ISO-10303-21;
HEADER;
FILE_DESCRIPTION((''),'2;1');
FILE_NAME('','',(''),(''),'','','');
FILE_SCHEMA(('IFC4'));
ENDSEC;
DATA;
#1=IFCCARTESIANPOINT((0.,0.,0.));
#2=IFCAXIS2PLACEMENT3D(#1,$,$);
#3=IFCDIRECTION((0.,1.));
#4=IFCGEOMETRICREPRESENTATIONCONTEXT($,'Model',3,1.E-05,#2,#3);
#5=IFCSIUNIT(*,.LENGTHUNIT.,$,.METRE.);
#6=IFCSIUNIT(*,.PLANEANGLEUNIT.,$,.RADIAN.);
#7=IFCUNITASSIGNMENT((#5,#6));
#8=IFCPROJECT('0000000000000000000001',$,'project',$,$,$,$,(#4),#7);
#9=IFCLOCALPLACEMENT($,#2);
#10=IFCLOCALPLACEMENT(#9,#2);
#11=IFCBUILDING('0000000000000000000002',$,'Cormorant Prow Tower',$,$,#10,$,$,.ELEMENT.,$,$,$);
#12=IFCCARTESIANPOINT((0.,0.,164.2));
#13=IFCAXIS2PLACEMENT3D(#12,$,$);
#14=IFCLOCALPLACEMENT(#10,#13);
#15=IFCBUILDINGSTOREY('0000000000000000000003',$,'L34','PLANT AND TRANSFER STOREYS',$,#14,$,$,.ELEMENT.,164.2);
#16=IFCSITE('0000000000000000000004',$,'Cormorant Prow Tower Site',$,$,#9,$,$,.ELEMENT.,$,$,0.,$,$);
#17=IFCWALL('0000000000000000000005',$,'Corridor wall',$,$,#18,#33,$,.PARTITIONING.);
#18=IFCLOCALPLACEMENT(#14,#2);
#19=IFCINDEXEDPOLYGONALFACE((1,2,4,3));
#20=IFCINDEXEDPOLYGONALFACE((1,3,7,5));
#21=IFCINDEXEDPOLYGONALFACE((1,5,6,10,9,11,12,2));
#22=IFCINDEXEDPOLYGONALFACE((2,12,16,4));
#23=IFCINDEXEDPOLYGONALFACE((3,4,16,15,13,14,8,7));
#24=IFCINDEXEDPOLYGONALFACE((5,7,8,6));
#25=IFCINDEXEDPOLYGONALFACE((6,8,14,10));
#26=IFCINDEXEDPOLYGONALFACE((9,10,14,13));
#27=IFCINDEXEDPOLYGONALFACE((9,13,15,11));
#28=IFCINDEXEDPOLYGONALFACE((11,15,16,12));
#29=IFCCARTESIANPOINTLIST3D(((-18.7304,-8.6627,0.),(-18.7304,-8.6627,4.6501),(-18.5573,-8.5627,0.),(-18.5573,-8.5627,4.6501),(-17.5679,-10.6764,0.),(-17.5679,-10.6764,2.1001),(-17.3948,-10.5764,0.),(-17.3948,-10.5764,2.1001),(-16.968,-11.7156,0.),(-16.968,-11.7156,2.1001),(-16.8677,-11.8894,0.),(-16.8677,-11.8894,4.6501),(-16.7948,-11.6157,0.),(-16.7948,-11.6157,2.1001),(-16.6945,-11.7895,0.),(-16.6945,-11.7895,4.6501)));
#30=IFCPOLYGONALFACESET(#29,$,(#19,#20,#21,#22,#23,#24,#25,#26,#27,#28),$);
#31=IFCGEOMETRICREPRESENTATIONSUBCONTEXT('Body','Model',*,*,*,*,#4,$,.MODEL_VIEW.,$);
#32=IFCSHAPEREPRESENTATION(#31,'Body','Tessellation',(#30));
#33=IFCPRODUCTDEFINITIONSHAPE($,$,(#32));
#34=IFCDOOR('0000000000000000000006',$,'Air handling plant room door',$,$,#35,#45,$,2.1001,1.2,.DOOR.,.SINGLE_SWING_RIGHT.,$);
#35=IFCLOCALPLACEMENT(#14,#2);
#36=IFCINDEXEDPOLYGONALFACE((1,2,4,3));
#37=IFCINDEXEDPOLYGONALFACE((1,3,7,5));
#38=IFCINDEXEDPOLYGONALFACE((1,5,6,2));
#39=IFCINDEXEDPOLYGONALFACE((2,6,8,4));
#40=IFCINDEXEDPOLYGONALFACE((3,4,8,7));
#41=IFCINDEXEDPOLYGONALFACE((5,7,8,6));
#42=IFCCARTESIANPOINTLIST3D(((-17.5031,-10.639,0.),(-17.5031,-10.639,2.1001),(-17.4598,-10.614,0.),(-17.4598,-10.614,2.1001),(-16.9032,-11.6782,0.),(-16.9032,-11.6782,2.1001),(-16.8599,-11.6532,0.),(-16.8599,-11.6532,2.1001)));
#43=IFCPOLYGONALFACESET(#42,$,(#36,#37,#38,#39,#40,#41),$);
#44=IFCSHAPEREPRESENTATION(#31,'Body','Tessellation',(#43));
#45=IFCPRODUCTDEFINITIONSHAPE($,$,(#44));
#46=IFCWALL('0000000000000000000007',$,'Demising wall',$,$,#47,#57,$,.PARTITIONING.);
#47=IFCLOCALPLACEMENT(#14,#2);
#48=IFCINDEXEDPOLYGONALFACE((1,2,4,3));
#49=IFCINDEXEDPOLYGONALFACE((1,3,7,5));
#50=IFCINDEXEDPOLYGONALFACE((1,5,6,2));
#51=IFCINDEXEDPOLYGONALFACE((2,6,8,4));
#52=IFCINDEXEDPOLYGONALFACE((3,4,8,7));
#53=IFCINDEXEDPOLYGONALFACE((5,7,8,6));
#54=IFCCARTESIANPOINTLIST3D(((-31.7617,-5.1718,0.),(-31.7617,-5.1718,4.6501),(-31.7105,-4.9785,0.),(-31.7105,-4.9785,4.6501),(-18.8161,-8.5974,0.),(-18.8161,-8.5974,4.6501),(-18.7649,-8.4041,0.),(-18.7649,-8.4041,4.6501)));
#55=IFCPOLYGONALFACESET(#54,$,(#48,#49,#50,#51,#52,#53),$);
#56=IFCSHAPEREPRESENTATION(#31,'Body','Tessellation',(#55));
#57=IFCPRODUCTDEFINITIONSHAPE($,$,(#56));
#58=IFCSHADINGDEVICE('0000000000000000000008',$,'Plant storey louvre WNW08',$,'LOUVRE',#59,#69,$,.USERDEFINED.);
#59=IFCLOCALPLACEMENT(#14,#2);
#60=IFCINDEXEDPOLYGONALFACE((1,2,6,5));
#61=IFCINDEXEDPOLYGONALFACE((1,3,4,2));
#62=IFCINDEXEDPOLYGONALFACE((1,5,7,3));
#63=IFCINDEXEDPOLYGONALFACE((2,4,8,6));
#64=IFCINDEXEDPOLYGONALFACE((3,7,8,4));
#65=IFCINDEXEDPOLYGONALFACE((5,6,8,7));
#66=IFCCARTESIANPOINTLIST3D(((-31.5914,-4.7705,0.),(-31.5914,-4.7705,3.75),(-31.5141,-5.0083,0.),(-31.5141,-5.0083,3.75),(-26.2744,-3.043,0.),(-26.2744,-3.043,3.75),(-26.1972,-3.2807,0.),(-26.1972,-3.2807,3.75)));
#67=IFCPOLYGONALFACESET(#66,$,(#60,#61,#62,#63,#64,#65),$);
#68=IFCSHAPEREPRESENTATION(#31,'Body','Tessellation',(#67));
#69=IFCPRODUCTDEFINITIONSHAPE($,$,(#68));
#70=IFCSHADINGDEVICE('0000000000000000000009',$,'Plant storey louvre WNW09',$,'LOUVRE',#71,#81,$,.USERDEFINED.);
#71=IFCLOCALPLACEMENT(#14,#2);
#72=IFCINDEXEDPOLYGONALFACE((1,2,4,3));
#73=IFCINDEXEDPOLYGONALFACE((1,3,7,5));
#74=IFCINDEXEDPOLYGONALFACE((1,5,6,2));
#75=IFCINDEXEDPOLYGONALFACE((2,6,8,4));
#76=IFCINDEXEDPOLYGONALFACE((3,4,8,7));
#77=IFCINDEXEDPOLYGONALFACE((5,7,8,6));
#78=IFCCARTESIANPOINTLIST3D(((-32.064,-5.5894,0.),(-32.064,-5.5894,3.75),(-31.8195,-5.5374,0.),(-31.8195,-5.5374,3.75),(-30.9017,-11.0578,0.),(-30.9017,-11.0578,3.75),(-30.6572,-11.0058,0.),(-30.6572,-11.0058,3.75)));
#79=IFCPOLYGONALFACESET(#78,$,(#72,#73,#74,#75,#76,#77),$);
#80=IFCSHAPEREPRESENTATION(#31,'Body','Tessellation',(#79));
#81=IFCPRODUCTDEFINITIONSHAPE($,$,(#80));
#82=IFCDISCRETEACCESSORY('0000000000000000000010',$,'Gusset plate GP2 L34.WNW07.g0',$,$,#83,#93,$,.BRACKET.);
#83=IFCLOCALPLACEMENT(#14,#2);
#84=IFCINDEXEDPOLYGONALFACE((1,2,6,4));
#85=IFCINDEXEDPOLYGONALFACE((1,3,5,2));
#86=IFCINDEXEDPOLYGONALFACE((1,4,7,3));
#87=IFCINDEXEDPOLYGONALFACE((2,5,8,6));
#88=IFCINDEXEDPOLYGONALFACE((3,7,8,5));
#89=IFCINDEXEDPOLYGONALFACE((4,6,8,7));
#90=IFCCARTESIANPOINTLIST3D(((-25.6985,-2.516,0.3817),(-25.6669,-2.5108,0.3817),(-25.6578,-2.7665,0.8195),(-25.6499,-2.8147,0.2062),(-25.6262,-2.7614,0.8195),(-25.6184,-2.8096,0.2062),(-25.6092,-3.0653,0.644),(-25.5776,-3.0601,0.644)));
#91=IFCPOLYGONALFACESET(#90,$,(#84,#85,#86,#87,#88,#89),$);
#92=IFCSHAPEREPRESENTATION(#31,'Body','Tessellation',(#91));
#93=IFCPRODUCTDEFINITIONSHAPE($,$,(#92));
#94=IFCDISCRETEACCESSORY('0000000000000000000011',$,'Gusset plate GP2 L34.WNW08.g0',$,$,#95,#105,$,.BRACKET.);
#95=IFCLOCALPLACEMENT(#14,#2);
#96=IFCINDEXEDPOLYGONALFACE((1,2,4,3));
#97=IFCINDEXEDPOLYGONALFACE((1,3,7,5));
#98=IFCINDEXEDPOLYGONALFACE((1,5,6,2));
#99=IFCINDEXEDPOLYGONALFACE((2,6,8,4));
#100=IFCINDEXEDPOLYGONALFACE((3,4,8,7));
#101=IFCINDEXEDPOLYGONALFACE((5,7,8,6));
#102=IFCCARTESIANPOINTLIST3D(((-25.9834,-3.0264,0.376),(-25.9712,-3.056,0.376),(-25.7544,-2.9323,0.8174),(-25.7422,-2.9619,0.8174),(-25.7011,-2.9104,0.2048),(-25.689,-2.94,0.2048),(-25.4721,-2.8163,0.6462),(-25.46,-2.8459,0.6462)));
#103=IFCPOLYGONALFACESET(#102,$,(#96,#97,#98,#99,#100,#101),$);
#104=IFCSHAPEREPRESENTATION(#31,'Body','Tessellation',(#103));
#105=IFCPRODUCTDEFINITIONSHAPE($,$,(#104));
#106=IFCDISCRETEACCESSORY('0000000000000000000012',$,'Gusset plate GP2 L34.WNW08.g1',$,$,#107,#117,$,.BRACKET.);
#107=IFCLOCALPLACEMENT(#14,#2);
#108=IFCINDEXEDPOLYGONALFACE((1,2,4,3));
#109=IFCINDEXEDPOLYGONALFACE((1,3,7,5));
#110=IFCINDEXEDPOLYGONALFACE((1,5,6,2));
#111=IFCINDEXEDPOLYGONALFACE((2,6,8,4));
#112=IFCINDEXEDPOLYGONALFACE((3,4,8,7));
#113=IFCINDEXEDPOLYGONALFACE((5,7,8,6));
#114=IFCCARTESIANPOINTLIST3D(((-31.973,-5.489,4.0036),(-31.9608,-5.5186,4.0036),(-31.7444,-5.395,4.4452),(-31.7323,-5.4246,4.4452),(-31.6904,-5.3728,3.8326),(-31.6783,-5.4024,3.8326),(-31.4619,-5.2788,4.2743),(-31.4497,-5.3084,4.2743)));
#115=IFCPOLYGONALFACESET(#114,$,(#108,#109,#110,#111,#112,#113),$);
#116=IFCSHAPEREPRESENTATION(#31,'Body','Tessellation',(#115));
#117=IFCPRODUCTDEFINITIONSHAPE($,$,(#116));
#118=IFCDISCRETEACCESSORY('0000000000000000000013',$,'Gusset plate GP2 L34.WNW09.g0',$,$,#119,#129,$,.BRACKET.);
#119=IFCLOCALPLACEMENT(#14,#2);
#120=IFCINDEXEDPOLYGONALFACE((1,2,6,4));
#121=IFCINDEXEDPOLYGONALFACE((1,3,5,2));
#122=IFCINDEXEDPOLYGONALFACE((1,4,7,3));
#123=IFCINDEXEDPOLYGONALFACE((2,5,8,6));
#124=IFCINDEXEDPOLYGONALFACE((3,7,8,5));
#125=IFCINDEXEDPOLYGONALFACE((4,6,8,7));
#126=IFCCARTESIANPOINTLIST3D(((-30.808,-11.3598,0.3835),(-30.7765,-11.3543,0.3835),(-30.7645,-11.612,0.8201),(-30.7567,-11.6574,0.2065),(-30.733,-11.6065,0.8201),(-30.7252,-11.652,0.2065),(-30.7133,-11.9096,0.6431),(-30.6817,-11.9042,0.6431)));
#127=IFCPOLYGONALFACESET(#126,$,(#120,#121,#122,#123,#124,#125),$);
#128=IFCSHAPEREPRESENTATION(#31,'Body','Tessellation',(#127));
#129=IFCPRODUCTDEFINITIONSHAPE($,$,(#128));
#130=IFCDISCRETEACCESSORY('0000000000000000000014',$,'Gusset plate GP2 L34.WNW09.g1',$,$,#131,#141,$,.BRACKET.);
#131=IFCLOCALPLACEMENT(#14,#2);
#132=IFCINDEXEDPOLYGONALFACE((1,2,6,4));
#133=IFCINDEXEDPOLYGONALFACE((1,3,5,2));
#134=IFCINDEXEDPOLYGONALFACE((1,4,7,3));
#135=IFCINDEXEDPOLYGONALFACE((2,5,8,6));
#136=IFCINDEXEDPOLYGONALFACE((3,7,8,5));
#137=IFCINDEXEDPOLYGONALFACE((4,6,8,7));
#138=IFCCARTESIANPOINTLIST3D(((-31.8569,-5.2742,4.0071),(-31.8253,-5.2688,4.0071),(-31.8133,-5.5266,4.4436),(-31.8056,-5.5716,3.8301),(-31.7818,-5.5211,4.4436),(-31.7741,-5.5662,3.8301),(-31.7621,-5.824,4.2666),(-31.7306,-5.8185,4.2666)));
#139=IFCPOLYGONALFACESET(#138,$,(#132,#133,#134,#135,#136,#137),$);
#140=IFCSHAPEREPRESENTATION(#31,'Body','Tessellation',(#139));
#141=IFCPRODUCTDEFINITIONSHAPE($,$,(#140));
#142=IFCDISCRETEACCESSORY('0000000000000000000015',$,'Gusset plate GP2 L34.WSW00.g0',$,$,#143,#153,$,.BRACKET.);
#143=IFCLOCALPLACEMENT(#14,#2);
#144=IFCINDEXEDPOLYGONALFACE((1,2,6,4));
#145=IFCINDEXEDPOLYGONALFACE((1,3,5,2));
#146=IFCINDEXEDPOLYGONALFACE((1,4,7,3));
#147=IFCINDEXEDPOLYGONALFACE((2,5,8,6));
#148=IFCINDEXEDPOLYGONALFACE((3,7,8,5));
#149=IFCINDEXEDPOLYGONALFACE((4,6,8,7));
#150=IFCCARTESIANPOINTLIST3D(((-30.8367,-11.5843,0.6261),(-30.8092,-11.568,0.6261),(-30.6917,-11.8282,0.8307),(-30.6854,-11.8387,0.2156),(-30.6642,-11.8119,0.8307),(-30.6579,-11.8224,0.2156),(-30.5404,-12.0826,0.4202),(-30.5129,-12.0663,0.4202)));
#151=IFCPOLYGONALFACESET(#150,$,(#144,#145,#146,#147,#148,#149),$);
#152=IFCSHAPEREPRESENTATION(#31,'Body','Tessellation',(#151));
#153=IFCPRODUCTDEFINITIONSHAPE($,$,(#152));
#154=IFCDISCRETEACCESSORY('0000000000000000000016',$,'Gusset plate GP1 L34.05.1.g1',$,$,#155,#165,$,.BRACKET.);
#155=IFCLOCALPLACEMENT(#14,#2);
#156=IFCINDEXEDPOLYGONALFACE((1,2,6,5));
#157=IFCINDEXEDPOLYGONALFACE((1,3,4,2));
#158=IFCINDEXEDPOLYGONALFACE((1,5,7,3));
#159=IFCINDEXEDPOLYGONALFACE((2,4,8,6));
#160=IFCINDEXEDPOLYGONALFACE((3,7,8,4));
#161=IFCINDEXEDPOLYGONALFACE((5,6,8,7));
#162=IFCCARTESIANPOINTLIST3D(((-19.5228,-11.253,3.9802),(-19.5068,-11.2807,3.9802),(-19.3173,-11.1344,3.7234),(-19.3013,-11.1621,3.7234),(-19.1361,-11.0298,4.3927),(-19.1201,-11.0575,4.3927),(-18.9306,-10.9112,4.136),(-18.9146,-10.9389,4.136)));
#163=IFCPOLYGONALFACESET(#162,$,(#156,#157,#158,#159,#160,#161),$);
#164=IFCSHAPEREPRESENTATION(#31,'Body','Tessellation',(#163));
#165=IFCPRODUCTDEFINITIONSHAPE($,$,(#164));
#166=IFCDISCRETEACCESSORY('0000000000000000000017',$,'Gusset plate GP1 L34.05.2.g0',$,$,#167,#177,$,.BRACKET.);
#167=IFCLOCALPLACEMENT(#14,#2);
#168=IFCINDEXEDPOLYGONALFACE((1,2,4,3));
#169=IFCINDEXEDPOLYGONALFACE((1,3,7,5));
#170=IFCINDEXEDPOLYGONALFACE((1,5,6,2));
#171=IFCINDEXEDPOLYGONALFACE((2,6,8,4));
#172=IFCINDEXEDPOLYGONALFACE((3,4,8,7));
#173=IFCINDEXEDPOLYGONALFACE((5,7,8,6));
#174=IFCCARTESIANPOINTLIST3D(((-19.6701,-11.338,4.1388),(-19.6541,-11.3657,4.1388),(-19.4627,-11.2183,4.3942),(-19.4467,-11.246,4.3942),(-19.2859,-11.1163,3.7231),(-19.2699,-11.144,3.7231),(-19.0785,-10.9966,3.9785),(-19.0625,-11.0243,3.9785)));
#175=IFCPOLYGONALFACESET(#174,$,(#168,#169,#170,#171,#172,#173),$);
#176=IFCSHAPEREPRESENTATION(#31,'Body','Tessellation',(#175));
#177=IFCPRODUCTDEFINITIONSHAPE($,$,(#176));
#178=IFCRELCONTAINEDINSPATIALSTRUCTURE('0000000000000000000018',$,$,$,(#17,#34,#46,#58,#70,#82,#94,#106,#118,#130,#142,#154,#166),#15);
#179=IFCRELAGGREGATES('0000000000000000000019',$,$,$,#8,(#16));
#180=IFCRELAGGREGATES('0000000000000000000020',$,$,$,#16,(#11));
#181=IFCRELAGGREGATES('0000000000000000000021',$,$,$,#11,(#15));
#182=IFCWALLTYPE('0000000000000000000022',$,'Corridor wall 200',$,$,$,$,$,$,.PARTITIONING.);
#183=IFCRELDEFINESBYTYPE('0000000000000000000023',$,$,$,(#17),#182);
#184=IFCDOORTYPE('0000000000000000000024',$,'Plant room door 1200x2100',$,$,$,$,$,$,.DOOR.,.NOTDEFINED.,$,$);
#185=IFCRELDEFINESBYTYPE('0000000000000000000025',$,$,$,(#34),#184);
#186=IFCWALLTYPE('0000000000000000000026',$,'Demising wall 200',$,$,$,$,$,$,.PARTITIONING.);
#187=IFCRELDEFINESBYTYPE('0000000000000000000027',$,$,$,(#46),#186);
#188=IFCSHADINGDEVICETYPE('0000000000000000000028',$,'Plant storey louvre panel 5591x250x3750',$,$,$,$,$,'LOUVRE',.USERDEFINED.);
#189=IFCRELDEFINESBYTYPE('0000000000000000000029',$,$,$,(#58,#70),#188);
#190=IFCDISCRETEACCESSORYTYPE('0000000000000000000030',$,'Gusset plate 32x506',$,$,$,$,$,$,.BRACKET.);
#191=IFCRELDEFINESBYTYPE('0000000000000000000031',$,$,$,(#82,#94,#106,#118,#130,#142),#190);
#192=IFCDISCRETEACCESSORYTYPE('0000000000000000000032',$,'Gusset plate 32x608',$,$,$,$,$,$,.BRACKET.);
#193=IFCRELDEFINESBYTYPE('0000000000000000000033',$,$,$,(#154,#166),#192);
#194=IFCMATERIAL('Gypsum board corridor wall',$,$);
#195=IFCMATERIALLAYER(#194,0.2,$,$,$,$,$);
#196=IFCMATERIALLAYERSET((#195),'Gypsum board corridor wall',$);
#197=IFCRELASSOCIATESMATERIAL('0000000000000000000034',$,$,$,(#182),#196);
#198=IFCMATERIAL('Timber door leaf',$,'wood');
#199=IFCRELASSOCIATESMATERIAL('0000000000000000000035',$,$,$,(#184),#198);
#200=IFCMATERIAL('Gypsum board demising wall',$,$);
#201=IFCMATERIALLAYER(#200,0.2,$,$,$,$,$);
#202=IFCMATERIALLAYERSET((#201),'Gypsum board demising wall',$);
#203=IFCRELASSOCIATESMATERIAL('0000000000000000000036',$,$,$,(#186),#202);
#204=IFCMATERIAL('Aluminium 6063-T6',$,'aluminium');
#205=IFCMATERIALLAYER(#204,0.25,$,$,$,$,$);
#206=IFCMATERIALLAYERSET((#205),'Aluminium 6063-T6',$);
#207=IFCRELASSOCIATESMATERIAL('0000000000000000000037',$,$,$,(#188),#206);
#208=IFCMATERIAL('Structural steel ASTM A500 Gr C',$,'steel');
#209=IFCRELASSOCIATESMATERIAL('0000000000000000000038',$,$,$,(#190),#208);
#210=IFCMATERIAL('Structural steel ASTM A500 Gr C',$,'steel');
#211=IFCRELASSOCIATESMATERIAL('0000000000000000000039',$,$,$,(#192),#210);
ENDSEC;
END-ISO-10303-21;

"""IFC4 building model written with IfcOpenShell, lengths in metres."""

from ifc_helpers import new_model, si_unit, direction, frame, frame_2d, origin, origin_2d, place, context, subcontext, project, spatial, rectangle, extrude, material, layer, layer_set, material_profile, profile_set, type_object, element, fill, save


model = new_model("IFC4")

# Units and contexts
model_context = context("Model", 3, precision=1e-05, world=origin(), true_north=direction((0.0, 1.0)))
body_context = subcontext(model_context, "Body", "Model", "MODEL_VIEW")
ifc_project = project(units=[si_unit("LENGTHUNIT", "METRE"), si_unit("PLANEANGLEUNIT", "RADIAN")], contexts=[model_context])

# Site, building, storey
site_placement = place(None, origin())
site = spatial("IfcSite", under=ifc_project, at=site_placement, Name="Cormorant Prow Tower Site", CompositionType="ELEMENT", RefElevation=0.0)
building_placement = place(site_placement, origin())
building = spatial("IfcBuilding", under=site, at=building_placement, Name="Cormorant Prow Tower", CompositionType="ELEMENT")
storey_placement = place(building_placement, frame((0.0, 0.0, 164.2)))
storey = spatial("IfcBuildingStorey", under=building, at=storey_placement, Name="L34", Description="PLANT AND TRANSFER STOREYS", CompositionType="ELEMENT", Elevation=164.2)

# Shared definitions
ifc_material_1 = material(Name="Gypsum board corridor wall")
ifc_layer_1 = layer(ifc_material_1, 0.2)
ifc_layer_set_1 = layer_set([ifc_layer_1], Name="Gypsum board corridor wall")
wall_type_1 = type_object("IfcWallType", Name="Corridor wall 200", PredefinedType="PARTITIONING", material=ifc_layer_set_1)

# Wall, opening, door
wall_1_placement = place(storey_placement, frame((-18.6438, -8.6128, 0.0), z_axis=(0.0, 0.0, 1.0), x_axis=(0.499959, -0.866049, 0.0)))
wall_1 = element("IfcWall", 1, at=wall_1_placement, inside=storey, type_object=wall_type_1, Name="Corridor wall", PredefinedType="PARTITIONING", context=body_context, shape_type="SweptSolid", body=[
    extrude(rectangle(XDim=3.7258, YDim=0.2, at=frame_2d((1.8628, 0.0))), origin(), (0.0, 0.0, 1.0), 4.6501),
])
opening_placement = place(wall_1_placement, frame((2.325, 0.0, 0.0)))
opening = element("IfcOpeningElement", 2, at=opening_placement, cuts=wall_1, PredefinedType="OPENING", context=body_context, shape_type="SweptSolid", body=[
    extrude(rectangle(XDim=1.2, YDim=2.1001, at=frame_2d((0.6001, 1.05))), frame((0.0, 0.1099, 0.0), z_axis=(0.0, -1.0, 0.0), x_axis=(1.0, 0.0, 0.0)), (0.0, 0.0, 1.0), 0.22),
])
ifc_material_2 = material(Name="Timber door leaf", Category="wood")
door_type = type_object("IfcDoorType", Name="Plant room door 1200x2100", OperationType="NOTDEFINED", PredefinedType="DOOR", material=ifc_material_2)
door_placement = place(opening_placement, origin())
door = element("IfcDoor", 3, at=door_placement, inside=storey, type_object=door_type, Name="Air handling plant room door", OperationType="SINGLE_SWING_RIGHT", OverallHeight=2.1001, OverallWidth=1.2, PredefinedType="DOOR", context=body_context, shape_type="SweptSolid", body=[
    extrude(rectangle(XDim=1.2, YDim=2.1001, at=frame_2d((0.6001, 1.05))), frame((0.0, 0.0249, 0.0), z_axis=(0.0, -1.0, 0.0), x_axis=(1.0, 0.0, 0.0)), (0.0, 0.0, 1.0), 0.05),
])
fill(opening, door)

# Wall
ifc_material_3 = material(Name="Gypsum board demising wall")
ifc_layer_2 = layer(ifc_material_3, 0.2)
ifc_layer_set_2 = layer_set([ifc_layer_2], Name="Gypsum board demising wall")
wall_type_2 = type_object("IfcWallType", Name="Demising wall 200", PredefinedType="PARTITIONING", material=ifc_layer_set_2)
wall_2_placement = place(storey_placement, frame((-31.7361, -5.0752, 0.0), z_axis=(0.0, 0.0, 1.0), x_axis=(0.966728, -0.255807, 0.0)))
element("IfcWall", 4, at=wall_2_placement, inside=storey, type_object=wall_type_2, Name="Demising wall", PredefinedType="PARTITIONING", context=body_context, shape_type="SweptSolid", body=[
    extrude(rectangle(XDim=13.3911, YDim=0.2, at=frame_2d((6.6956, 0.0))), origin(), (0.0, 0.0, 1.0), 4.6501),
])

# Shading devices
ifc_material_4 = material(Name="Aluminium 6063-T6", Category="aluminium")
ifc_layer_3 = layer(ifc_material_4, 0.25)
ifc_layer_set_3 = layer_set([ifc_layer_3], Name="Aluminium 6063-T6")
shading_device_type = type_object("IfcShadingDeviceType", Name="Plant storey louvre panel 5591x250x3750", ElementType="LOUVRE", PredefinedType="USERDEFINED", material=ifc_layer_set_3)
for number, where, z_axis, x_axis, name in (
    (5, (-28.8943, -4.0256, 0.0), (0.0, 0.0, 1.0), (-0.951057, -0.309017, 0.0), "Plant storey louvre WNW08"),
    (6, (-31.3606, -8.2976, 0.0), (0.0, 0.0, 1.0), (0.207912, -0.978148, 0.0), "Plant storey louvre WNW09"),
):
    element("IfcShadingDevice", number, at=place(storey_placement, frame(where, z_axis=z_axis, x_axis=x_axis)), inside=storey, type_object=shading_device_type, Name=name, ObjectType="LOUVRE", PredefinedType="USERDEFINED", context=body_context, shape_type="SweptSolid", body=[
        extrude(rectangle(XDim=5.5906, YDim=0.25, at=origin_2d()), origin(), (0.0, 0.0, 1.0), 3.75),
    ])

# Discrete accessories
ifc_material_5 = material(Name="Structural steel ASTM A500 Gr C", Category="steel")
ifc_material_profile_1 = material_profile(ifc_material_5, rectangle(XDim=0.032, YDim=0.5061, at=origin_2d()), Name="Gusset plate 32x506")
ifc_profile_set_1 = profile_set([ifc_material_profile_1], Name="Structural steel ASTM A500 Gr C")
discrete_accessory_type_1 = type_object("IfcDiscreteAccessoryType", Name="Gusset plate 32x506", PredefinedType="BRACKET", material=ifc_profile_set_1)
for number, where, z_axis, x_axis, name in (
    (7, (-25.6624, -2.6387, 0.6006), (0.138827, -0.853892, -0.501592), (0.98704, 0.160475, 0.0), "Gusset plate GP2 L34.WNW07.g0"),
    (8, (-25.8628, -2.9941, 0.5967), (0.806724, 0.331483, -0.489199), (-0.380066, 0.92496, 0.0), "Gusset plate GP2 L34.WNW08.g0"),
):
    element("IfcDiscreteAccessory", number, at=place(storey_placement, frame(where, z_axis=z_axis, x_axis=x_axis)), inside=storey, type_object=discrete_accessory_type_1, Name=name, PredefinedType="BRACKET", context=body_context, shape_type="SweptSolid", body=[
        extrude(rectangle(XDim=0.032, YDim=0.5061, at=origin_2d()), origin(), (0.0, 0.0, 1.0), 0.3499),
    ])
for number, where, z_axis, x_axis, name in (
    (9, (-31.5701, -5.3406, 4.0535), (-0.807056, -0.33203, 0.488279), (0.380468, -0.924794, 0.0), "Gusset plate GP2 L34.WNW08.g1"),
    (10, (-30.7705, -11.4832, 0.6018), (0.146467, -0.850208, -0.505661), (0.985483, 0.169772, 0.0), "Gusset plate GP2 L34.WNW09.g0"),
):
    element("IfcDiscreteAccessory", number, at=place(storey_placement, frame(where, z_axis=z_axis, x_axis=x_axis)), inside=storey, type_object=discrete_accessory_type_1, Name=name, PredefinedType="BRACKET", context=body_context, shape_type="SweptSolid", body=[
        extrude(rectangle(XDim=0.032, YDim=0.5061, at=origin_2d()), origin(), (0.0, 0.0, 1.0), 0.3501),
    ])
for number, where, z_axis, x_axis, name in (
    (11, (-31.7681, -5.6951, 4.0483), (-0.146554, 0.850015, 0.505961), (-0.98546, -0.169907, 0.0), "Gusset plate GP2 L34.WNW09.g1"),
    (12, (-30.6023, -11.9473, 0.6255), (-0.414556, 0.697208, -0.584845), (-0.859536, -0.511075, 0.0), "Gusset plate GP2 L34.WSW00.g0"),
):
    element("IfcDiscreteAccessory", number, at=place(storey_placement, frame(where, z_axis=z_axis, x_axis=x_axis)), inside=storey, type_object=discrete_accessory_type_1, Name=name, PredefinedType="BRACKET", context=body_context, shape_type="SweptSolid", body=[
        extrude(rectangle(XDim=0.032, YDim=0.5061, at=origin_2d()), origin(), (0.0, 0.0, 1.0), 0.3499),
    ])
ifc_material_6 = material(Name="Structural steel ASTM A500 Gr C", Category="steel")
ifc_material_profile_2 = material_profile(ifc_material_6, rectangle(XDim=0.032, YDim=0.6079, at=origin_2d()), Name="Gusset plate 32x608")
ifc_profile_set_2 = profile_set([ifc_material_profile_2], Name="Structural steel ASTM A500 Gr C")
discrete_accessory_type_2 = type_object("IfcDiscreteAccessoryType", Name="Gusset plate 32x608", PredefinedType="BRACKET", material=ifc_profile_set_2)
discrete_accessory_1_placement = place(storey_placement, frame((-19.116, -11.0366, 3.9297), z_axis=(-0.587811, -0.339283, 0.734415), x_axis=(0.499901, -0.866083, 0.0)))
element("IfcDiscreteAccessory", 13, at=discrete_accessory_1_placement, inside=storey, type_object=discrete_accessory_type_2, Name="Gusset plate GP1 L34.05.1.g1", PredefinedType="BRACKET", context=body_context, shape_type="SweptSolid", body=[
    extrude(rectangle(XDim=0.032, YDim=0.6079, at=origin_2d()), origin(), (0.0, 0.0, 1.0), 0.3496),
])
discrete_accessory_2_placement = place(storey_placement, frame((-19.47, -11.241, 3.9309), z_axis=(0.592243, 0.341813, 0.729666), x_axis=(-0.49987, 0.866101, 0.0)))
element("IfcDiscreteAccessory", 14, at=discrete_accessory_2_placement, inside=storey, type_object=discrete_accessory_type_2, Name="Gusset plate GP1 L34.05.2.g0", PredefinedType="BRACKET", context=body_context, shape_type="SweptSolid", body=[
    extrude(rectangle(XDim=0.032, YDim=0.6079, at=origin_2d()), origin(), (0.0, 0.0, 1.0), 0.3501),
])

save(model, "model.ifc")
